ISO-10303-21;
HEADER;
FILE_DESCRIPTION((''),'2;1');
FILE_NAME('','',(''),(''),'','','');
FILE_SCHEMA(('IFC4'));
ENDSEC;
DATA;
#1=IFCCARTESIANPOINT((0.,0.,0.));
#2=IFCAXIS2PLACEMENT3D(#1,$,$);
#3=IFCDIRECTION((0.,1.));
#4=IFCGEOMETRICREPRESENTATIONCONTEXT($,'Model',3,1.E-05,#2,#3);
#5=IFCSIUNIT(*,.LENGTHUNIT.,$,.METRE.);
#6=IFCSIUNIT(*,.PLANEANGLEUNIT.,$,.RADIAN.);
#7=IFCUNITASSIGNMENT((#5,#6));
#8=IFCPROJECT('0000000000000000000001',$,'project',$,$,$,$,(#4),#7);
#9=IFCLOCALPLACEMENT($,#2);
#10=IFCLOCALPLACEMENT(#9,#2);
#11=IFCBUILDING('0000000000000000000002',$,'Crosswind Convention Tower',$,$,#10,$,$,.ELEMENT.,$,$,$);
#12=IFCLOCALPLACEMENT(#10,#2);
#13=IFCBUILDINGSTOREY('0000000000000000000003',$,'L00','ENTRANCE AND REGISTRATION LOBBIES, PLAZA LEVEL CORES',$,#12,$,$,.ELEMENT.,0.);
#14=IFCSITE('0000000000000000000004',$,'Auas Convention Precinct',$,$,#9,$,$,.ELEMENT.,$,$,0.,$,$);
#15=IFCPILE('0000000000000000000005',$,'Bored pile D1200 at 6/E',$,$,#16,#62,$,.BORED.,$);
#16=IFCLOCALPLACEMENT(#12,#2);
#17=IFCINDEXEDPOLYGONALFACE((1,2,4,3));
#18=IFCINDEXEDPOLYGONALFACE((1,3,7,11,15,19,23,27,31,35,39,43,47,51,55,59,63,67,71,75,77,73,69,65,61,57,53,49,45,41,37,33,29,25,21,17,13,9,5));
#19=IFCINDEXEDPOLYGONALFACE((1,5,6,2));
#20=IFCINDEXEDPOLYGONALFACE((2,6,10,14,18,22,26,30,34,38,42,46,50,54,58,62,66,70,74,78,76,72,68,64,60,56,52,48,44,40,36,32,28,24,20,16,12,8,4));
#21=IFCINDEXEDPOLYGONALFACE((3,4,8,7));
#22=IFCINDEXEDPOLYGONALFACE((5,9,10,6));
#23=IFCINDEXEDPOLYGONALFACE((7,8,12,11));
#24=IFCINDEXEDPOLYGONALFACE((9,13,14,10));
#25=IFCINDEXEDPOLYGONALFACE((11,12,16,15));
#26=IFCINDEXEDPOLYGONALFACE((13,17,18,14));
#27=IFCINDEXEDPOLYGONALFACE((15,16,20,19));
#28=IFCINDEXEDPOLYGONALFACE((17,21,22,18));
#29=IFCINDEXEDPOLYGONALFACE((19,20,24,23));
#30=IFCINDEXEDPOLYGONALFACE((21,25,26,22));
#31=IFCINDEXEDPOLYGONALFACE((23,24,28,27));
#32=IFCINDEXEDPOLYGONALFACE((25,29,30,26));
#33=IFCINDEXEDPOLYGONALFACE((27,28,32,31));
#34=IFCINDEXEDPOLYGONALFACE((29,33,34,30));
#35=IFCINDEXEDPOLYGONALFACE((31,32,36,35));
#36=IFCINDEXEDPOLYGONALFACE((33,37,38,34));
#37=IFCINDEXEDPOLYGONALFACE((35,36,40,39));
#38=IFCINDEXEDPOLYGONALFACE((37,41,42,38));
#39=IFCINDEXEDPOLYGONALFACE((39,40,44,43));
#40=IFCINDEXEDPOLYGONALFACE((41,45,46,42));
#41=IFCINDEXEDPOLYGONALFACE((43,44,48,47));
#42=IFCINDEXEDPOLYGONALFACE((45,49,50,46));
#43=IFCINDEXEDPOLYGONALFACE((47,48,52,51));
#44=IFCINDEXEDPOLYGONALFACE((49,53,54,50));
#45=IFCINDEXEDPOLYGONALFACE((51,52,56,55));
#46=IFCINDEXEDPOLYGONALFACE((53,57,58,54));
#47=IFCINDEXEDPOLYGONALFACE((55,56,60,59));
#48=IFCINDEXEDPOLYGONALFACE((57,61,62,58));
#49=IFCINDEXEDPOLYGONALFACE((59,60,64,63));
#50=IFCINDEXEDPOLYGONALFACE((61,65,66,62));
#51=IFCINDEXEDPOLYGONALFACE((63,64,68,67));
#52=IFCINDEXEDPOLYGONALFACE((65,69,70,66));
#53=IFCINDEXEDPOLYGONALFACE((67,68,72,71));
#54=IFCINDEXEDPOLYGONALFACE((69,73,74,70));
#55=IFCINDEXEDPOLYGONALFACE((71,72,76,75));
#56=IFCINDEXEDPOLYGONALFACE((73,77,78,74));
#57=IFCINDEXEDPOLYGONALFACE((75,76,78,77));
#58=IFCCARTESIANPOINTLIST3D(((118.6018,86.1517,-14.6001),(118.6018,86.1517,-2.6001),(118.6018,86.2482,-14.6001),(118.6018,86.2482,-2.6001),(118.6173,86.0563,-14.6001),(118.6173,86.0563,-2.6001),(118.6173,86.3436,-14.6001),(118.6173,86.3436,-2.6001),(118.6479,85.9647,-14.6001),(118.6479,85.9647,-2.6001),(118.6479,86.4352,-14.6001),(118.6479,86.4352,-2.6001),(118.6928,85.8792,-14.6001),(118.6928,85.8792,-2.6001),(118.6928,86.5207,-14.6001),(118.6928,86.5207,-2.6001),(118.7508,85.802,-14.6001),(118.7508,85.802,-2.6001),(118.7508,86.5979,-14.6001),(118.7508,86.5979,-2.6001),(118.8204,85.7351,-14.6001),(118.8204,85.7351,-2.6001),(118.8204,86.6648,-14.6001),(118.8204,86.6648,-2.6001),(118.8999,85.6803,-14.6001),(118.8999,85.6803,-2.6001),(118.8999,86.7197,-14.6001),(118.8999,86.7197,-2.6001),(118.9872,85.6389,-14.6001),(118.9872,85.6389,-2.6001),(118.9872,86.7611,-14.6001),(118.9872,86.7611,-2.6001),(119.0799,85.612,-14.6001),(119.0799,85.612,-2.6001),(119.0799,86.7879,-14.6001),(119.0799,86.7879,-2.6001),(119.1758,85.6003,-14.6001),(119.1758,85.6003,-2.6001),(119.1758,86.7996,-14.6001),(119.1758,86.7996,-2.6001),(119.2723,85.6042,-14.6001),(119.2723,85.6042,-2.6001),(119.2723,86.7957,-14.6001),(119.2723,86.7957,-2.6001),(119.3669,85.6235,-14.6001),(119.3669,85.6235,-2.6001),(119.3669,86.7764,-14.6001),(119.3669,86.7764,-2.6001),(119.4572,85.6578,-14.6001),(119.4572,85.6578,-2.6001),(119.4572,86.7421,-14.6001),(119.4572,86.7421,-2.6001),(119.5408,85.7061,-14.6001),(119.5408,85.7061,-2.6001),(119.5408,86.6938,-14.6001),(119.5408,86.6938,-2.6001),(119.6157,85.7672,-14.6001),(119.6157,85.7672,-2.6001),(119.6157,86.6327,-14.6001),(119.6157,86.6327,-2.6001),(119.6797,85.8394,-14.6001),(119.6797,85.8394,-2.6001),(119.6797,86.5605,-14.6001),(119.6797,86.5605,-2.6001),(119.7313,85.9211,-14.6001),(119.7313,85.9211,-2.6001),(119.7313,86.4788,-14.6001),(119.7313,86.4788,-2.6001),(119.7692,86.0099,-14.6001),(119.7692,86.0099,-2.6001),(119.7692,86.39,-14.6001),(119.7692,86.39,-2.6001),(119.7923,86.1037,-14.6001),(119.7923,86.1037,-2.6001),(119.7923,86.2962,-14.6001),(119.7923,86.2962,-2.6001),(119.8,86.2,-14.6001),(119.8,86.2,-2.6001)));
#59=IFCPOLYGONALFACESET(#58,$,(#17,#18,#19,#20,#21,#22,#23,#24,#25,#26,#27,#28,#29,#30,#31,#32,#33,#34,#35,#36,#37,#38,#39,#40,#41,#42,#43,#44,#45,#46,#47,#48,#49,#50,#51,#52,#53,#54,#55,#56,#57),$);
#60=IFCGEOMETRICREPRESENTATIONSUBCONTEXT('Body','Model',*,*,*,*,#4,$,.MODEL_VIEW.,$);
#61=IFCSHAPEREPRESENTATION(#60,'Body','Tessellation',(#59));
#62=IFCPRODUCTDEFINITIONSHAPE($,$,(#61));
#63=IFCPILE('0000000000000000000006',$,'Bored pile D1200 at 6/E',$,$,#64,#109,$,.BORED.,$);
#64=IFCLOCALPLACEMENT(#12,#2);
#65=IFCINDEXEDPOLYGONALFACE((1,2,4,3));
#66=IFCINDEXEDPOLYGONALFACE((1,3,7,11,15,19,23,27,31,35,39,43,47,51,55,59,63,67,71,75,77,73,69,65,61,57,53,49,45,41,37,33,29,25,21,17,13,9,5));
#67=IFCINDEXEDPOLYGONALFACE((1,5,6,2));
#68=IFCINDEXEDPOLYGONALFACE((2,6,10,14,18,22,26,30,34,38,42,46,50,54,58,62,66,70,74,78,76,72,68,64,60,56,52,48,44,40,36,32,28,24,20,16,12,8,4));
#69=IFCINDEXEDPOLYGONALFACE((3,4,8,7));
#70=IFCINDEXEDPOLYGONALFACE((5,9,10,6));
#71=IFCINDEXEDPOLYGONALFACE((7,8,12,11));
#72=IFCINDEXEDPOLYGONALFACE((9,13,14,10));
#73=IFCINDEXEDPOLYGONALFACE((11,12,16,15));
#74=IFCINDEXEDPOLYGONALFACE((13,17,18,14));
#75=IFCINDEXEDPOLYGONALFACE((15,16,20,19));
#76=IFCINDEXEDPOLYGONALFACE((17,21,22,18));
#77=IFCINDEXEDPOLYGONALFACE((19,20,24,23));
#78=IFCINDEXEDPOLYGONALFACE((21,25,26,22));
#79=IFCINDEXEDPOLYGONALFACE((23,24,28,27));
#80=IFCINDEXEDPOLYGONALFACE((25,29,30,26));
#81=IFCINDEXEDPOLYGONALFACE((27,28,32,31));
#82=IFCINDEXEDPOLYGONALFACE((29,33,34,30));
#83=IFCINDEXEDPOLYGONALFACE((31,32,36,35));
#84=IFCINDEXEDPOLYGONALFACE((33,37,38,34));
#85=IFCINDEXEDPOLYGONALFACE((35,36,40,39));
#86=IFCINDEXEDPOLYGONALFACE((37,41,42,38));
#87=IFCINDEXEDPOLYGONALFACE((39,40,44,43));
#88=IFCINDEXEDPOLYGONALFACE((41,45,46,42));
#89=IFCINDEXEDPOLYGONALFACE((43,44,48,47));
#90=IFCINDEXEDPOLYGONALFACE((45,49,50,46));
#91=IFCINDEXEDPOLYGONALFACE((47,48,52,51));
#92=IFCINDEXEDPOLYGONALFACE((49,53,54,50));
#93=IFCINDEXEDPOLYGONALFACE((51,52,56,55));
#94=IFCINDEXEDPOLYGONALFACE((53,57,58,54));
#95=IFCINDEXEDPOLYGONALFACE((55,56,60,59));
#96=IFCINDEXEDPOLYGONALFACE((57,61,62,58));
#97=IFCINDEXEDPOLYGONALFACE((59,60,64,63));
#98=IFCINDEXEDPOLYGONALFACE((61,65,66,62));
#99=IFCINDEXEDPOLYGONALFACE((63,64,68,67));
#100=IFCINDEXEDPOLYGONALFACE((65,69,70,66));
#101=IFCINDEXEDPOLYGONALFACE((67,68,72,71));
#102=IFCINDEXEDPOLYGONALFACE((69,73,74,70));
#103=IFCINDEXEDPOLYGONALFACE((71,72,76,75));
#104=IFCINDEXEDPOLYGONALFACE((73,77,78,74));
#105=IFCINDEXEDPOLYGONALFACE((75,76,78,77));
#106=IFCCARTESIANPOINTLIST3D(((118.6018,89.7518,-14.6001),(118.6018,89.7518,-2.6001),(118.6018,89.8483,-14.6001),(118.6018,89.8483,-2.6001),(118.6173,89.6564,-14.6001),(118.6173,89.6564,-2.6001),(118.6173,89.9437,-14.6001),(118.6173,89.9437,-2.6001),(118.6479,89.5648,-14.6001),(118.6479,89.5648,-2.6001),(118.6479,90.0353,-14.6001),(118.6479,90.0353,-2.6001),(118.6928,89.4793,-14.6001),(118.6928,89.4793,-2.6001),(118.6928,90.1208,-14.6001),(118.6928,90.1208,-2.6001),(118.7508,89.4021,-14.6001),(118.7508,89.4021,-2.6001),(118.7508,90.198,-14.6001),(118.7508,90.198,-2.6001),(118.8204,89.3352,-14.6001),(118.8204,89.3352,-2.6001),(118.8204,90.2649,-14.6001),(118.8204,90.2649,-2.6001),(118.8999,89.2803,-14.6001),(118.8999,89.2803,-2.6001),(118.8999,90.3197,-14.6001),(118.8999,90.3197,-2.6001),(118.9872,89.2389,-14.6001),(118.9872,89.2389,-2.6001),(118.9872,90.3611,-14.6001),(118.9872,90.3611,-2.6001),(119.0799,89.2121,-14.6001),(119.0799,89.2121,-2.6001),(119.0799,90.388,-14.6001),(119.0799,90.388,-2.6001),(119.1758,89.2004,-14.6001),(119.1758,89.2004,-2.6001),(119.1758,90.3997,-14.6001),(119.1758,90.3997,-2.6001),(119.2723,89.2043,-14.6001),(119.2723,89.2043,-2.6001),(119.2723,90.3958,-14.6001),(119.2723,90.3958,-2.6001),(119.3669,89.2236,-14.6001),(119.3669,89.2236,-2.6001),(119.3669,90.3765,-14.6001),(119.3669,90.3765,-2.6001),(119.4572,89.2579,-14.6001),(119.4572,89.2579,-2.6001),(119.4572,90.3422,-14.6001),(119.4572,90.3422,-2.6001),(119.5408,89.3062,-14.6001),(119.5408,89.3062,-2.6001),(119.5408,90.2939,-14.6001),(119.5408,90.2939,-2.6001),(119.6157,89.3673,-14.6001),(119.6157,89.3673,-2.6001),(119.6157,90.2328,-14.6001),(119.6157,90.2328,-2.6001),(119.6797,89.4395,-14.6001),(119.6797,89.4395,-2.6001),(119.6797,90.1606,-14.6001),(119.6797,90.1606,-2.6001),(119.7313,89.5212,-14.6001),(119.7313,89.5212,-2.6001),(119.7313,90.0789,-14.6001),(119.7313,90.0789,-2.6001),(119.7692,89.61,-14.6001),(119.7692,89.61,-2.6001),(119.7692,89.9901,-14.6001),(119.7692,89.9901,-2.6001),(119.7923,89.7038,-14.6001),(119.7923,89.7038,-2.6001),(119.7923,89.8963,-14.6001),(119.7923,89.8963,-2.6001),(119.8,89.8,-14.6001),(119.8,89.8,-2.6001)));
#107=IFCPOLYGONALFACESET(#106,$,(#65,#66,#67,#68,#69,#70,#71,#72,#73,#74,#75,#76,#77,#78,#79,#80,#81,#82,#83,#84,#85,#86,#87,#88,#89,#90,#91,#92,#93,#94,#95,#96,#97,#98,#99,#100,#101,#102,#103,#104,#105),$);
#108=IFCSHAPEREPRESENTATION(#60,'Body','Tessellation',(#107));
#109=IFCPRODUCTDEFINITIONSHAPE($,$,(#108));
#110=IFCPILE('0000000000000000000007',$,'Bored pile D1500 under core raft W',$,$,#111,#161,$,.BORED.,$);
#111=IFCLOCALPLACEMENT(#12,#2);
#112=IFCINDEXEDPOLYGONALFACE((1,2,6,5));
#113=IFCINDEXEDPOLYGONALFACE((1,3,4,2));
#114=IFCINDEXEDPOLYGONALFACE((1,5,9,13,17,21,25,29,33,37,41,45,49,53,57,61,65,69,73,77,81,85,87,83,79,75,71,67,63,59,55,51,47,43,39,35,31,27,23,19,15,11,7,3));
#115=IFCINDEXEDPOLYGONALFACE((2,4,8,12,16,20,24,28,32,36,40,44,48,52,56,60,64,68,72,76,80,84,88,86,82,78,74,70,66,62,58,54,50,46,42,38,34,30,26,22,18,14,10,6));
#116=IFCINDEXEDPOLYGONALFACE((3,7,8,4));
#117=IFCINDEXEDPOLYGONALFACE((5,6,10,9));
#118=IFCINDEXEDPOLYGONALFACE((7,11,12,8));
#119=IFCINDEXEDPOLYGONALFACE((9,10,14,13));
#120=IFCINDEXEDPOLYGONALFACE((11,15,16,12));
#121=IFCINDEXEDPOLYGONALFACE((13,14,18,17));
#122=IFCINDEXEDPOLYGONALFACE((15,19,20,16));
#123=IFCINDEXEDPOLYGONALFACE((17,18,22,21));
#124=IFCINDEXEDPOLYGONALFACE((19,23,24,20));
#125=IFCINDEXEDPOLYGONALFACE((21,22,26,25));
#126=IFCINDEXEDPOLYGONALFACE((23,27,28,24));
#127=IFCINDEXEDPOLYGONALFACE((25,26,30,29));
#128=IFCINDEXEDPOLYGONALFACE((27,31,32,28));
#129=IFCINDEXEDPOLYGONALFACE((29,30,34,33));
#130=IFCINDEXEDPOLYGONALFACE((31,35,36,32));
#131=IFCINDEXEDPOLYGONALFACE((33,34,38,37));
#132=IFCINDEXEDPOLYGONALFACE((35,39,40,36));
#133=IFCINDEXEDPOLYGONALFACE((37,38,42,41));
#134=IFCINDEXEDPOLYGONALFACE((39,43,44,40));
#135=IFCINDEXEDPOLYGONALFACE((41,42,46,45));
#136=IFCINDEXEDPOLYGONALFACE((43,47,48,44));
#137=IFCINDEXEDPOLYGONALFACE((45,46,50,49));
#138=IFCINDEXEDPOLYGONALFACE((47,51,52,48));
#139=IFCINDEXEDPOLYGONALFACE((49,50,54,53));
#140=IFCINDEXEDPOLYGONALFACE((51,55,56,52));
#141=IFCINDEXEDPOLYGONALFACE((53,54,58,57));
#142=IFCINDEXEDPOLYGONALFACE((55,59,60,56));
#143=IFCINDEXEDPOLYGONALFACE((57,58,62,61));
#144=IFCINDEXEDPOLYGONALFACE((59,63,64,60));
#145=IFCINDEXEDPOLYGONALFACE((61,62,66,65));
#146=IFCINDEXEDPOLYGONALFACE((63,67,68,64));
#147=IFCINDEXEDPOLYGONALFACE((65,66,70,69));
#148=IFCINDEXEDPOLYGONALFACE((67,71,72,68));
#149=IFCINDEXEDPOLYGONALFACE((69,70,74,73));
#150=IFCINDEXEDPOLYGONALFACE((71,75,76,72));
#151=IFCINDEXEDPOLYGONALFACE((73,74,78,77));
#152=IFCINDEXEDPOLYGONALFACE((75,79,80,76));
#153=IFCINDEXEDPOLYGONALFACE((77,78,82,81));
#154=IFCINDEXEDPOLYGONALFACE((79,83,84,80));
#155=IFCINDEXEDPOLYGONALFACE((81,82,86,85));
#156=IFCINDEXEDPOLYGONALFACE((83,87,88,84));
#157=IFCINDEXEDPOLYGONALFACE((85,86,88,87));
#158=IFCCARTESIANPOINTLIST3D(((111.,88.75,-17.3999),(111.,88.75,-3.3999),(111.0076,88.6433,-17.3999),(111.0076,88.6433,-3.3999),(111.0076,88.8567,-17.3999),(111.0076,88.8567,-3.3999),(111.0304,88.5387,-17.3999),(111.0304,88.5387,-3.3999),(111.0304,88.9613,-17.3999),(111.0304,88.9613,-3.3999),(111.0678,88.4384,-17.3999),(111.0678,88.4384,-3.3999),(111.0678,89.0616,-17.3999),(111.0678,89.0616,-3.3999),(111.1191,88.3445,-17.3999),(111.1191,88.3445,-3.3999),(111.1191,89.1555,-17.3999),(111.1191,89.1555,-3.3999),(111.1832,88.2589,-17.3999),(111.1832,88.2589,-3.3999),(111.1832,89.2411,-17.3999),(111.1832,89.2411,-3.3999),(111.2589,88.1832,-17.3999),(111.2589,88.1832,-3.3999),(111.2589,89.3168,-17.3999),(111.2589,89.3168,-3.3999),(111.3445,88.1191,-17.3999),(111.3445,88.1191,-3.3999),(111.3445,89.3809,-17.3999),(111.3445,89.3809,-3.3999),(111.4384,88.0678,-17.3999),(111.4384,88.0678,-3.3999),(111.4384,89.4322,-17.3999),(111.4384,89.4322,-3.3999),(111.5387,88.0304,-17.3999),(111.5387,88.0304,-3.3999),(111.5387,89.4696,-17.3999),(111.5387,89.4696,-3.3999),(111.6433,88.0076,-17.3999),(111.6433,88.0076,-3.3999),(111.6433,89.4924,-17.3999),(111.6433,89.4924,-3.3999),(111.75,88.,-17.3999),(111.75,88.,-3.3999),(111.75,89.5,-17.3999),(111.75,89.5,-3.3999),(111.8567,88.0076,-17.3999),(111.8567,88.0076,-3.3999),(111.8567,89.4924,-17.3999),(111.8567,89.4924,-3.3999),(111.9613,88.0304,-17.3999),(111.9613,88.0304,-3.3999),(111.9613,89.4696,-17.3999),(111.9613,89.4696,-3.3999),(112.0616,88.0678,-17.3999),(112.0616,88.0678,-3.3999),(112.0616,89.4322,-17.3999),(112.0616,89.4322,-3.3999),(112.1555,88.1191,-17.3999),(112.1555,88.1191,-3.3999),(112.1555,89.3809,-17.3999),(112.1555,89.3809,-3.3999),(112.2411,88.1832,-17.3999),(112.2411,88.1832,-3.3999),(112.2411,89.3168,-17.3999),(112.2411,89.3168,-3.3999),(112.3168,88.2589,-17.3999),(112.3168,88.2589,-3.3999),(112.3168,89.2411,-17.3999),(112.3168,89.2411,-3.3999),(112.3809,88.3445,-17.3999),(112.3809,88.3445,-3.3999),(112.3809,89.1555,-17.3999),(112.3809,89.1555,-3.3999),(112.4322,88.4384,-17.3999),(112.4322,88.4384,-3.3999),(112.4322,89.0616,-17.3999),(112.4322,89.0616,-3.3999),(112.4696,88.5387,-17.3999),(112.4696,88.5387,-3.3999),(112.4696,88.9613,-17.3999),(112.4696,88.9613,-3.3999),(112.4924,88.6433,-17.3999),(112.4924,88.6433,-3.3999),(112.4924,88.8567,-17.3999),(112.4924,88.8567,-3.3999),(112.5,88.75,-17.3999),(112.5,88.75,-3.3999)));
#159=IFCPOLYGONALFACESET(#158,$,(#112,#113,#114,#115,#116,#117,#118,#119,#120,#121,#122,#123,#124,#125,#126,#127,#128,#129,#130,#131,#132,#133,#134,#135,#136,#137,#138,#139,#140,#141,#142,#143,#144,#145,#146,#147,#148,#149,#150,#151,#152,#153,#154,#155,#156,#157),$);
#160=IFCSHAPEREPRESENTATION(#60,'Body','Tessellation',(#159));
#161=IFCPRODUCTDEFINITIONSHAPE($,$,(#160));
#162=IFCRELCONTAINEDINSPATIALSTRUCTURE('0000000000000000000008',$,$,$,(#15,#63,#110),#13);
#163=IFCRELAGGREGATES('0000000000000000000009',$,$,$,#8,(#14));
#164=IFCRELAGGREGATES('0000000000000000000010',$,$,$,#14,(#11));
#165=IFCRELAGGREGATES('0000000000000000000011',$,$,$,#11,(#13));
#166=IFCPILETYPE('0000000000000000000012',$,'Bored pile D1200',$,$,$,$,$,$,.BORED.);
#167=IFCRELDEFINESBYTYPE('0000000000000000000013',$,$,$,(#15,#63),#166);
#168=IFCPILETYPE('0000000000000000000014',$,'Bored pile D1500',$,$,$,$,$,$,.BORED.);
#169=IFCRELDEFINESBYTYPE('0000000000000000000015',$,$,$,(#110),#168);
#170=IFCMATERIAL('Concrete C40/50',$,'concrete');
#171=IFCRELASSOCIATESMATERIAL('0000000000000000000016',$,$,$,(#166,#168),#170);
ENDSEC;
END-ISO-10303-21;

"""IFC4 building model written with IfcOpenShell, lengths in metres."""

from ifc_helpers import new_model, si_unit, direction, frame, origin, origin_2d, place, context, subcontext, project, spatial, circle, extrude, material, material_profile, profile_set, type_object, element, save


model = new_model("IFC4")

# Units and contexts
model_context = context("Model", 3, precision=1e-05, world=origin(), true_north=direction((0.0, 1.0)))
body_context = subcontext(model_context, "Body", "Model", "MODEL_VIEW")
ifc_project = project(units=[si_unit("LENGTHUNIT", "METRE"), si_unit("PLANEANGLEUNIT", "RADIAN")], contexts=[model_context])

# Site, building, storey
site_placement = place(None, origin())
site = spatial("IfcSite", under=ifc_project, at=site_placement, Name="Auas Convention Precinct", CompositionType="ELEMENT", RefElevation=0.0)
building_placement = place(site_placement, origin())
building = spatial("IfcBuilding", under=site, at=building_placement, Name="Crosswind Convention Tower", CompositionType="ELEMENT")
storey_placement = place(building_placement, origin())
storey = spatial("IfcBuildingStorey", under=building, at=storey_placement, Name="L00", Description="ENTRANCE AND REGISTRATION LOBBIES, PLAZA LEVEL CORES", CompositionType="ELEMENT", Elevation=0.0)

# Piles
ifc_material_1 = material(Name="Concrete C40/50", Category="concrete")
ifc_material_profile_1 = material_profile(ifc_material_1, circle(Radius=0.6001, at=origin_2d()), Name="Bored pile D1200")
ifc_profile_set_1 = profile_set([ifc_material_profile_1], Name="Concrete C40/50")
pile_type_1 = type_object("IfcPileType", Name="Bored pile D1200", PredefinedType="BORED", material=ifc_profile_set_1)
for number, where, z_axis, x_axis, name in (
    (1, (119.2, 86.2, -2.6001), (0.0, 0.0, -1.0), (1.0, 0.0, 0.0), "Bored pile D1200 at 6/E"),
    (2, (119.2, 89.8, -2.6001), (0.0, 0.0, -1.0), (1.0, 0.0, 0.0), "Bored pile D1200 at 6/E"),
):
    element("IfcPile", number, at=place(storey_placement, frame(where, z_axis=z_axis, x_axis=x_axis)), inside=storey, type_object=pile_type_1, Name=name, PredefinedType="BORED", context=body_context, shape_type="SweptSolid", body=[
        extrude(circle(Radius=0.6001, at=origin_2d()), origin(), (0.0, 0.0, 1.0), 12.0),
    ])
ifc_material_profile_2 = material_profile(ifc_material_1, circle(Radius=0.75, at=origin_2d()), Name="Bored pile D1500")
ifc_profile_set_2 = profile_set([ifc_material_profile_2], Name="Concrete C40/50")
pile_type_2 = type_object("IfcPileType", Name="Bored pile D1500", PredefinedType="BORED", material=ifc_profile_set_2)
pile_1_placement = place(storey_placement, frame((111.75, 88.75, -3.3999), z_axis=(0.0, 0.0, -1.0), x_axis=(1.0, 0.0, 0.0)))
element("IfcPile", 3, at=pile_1_placement, inside=storey, type_object=pile_type_2, Name="Bored pile D1500 under core raft W", PredefinedType="BORED", context=body_context, shape_type="SweptSolid", body=[
    extrude(circle(Radius=0.75, at=origin_2d()), origin(), (0.0, 0.0, 1.0), 14.0),
])

save(model, "model.ifc")
